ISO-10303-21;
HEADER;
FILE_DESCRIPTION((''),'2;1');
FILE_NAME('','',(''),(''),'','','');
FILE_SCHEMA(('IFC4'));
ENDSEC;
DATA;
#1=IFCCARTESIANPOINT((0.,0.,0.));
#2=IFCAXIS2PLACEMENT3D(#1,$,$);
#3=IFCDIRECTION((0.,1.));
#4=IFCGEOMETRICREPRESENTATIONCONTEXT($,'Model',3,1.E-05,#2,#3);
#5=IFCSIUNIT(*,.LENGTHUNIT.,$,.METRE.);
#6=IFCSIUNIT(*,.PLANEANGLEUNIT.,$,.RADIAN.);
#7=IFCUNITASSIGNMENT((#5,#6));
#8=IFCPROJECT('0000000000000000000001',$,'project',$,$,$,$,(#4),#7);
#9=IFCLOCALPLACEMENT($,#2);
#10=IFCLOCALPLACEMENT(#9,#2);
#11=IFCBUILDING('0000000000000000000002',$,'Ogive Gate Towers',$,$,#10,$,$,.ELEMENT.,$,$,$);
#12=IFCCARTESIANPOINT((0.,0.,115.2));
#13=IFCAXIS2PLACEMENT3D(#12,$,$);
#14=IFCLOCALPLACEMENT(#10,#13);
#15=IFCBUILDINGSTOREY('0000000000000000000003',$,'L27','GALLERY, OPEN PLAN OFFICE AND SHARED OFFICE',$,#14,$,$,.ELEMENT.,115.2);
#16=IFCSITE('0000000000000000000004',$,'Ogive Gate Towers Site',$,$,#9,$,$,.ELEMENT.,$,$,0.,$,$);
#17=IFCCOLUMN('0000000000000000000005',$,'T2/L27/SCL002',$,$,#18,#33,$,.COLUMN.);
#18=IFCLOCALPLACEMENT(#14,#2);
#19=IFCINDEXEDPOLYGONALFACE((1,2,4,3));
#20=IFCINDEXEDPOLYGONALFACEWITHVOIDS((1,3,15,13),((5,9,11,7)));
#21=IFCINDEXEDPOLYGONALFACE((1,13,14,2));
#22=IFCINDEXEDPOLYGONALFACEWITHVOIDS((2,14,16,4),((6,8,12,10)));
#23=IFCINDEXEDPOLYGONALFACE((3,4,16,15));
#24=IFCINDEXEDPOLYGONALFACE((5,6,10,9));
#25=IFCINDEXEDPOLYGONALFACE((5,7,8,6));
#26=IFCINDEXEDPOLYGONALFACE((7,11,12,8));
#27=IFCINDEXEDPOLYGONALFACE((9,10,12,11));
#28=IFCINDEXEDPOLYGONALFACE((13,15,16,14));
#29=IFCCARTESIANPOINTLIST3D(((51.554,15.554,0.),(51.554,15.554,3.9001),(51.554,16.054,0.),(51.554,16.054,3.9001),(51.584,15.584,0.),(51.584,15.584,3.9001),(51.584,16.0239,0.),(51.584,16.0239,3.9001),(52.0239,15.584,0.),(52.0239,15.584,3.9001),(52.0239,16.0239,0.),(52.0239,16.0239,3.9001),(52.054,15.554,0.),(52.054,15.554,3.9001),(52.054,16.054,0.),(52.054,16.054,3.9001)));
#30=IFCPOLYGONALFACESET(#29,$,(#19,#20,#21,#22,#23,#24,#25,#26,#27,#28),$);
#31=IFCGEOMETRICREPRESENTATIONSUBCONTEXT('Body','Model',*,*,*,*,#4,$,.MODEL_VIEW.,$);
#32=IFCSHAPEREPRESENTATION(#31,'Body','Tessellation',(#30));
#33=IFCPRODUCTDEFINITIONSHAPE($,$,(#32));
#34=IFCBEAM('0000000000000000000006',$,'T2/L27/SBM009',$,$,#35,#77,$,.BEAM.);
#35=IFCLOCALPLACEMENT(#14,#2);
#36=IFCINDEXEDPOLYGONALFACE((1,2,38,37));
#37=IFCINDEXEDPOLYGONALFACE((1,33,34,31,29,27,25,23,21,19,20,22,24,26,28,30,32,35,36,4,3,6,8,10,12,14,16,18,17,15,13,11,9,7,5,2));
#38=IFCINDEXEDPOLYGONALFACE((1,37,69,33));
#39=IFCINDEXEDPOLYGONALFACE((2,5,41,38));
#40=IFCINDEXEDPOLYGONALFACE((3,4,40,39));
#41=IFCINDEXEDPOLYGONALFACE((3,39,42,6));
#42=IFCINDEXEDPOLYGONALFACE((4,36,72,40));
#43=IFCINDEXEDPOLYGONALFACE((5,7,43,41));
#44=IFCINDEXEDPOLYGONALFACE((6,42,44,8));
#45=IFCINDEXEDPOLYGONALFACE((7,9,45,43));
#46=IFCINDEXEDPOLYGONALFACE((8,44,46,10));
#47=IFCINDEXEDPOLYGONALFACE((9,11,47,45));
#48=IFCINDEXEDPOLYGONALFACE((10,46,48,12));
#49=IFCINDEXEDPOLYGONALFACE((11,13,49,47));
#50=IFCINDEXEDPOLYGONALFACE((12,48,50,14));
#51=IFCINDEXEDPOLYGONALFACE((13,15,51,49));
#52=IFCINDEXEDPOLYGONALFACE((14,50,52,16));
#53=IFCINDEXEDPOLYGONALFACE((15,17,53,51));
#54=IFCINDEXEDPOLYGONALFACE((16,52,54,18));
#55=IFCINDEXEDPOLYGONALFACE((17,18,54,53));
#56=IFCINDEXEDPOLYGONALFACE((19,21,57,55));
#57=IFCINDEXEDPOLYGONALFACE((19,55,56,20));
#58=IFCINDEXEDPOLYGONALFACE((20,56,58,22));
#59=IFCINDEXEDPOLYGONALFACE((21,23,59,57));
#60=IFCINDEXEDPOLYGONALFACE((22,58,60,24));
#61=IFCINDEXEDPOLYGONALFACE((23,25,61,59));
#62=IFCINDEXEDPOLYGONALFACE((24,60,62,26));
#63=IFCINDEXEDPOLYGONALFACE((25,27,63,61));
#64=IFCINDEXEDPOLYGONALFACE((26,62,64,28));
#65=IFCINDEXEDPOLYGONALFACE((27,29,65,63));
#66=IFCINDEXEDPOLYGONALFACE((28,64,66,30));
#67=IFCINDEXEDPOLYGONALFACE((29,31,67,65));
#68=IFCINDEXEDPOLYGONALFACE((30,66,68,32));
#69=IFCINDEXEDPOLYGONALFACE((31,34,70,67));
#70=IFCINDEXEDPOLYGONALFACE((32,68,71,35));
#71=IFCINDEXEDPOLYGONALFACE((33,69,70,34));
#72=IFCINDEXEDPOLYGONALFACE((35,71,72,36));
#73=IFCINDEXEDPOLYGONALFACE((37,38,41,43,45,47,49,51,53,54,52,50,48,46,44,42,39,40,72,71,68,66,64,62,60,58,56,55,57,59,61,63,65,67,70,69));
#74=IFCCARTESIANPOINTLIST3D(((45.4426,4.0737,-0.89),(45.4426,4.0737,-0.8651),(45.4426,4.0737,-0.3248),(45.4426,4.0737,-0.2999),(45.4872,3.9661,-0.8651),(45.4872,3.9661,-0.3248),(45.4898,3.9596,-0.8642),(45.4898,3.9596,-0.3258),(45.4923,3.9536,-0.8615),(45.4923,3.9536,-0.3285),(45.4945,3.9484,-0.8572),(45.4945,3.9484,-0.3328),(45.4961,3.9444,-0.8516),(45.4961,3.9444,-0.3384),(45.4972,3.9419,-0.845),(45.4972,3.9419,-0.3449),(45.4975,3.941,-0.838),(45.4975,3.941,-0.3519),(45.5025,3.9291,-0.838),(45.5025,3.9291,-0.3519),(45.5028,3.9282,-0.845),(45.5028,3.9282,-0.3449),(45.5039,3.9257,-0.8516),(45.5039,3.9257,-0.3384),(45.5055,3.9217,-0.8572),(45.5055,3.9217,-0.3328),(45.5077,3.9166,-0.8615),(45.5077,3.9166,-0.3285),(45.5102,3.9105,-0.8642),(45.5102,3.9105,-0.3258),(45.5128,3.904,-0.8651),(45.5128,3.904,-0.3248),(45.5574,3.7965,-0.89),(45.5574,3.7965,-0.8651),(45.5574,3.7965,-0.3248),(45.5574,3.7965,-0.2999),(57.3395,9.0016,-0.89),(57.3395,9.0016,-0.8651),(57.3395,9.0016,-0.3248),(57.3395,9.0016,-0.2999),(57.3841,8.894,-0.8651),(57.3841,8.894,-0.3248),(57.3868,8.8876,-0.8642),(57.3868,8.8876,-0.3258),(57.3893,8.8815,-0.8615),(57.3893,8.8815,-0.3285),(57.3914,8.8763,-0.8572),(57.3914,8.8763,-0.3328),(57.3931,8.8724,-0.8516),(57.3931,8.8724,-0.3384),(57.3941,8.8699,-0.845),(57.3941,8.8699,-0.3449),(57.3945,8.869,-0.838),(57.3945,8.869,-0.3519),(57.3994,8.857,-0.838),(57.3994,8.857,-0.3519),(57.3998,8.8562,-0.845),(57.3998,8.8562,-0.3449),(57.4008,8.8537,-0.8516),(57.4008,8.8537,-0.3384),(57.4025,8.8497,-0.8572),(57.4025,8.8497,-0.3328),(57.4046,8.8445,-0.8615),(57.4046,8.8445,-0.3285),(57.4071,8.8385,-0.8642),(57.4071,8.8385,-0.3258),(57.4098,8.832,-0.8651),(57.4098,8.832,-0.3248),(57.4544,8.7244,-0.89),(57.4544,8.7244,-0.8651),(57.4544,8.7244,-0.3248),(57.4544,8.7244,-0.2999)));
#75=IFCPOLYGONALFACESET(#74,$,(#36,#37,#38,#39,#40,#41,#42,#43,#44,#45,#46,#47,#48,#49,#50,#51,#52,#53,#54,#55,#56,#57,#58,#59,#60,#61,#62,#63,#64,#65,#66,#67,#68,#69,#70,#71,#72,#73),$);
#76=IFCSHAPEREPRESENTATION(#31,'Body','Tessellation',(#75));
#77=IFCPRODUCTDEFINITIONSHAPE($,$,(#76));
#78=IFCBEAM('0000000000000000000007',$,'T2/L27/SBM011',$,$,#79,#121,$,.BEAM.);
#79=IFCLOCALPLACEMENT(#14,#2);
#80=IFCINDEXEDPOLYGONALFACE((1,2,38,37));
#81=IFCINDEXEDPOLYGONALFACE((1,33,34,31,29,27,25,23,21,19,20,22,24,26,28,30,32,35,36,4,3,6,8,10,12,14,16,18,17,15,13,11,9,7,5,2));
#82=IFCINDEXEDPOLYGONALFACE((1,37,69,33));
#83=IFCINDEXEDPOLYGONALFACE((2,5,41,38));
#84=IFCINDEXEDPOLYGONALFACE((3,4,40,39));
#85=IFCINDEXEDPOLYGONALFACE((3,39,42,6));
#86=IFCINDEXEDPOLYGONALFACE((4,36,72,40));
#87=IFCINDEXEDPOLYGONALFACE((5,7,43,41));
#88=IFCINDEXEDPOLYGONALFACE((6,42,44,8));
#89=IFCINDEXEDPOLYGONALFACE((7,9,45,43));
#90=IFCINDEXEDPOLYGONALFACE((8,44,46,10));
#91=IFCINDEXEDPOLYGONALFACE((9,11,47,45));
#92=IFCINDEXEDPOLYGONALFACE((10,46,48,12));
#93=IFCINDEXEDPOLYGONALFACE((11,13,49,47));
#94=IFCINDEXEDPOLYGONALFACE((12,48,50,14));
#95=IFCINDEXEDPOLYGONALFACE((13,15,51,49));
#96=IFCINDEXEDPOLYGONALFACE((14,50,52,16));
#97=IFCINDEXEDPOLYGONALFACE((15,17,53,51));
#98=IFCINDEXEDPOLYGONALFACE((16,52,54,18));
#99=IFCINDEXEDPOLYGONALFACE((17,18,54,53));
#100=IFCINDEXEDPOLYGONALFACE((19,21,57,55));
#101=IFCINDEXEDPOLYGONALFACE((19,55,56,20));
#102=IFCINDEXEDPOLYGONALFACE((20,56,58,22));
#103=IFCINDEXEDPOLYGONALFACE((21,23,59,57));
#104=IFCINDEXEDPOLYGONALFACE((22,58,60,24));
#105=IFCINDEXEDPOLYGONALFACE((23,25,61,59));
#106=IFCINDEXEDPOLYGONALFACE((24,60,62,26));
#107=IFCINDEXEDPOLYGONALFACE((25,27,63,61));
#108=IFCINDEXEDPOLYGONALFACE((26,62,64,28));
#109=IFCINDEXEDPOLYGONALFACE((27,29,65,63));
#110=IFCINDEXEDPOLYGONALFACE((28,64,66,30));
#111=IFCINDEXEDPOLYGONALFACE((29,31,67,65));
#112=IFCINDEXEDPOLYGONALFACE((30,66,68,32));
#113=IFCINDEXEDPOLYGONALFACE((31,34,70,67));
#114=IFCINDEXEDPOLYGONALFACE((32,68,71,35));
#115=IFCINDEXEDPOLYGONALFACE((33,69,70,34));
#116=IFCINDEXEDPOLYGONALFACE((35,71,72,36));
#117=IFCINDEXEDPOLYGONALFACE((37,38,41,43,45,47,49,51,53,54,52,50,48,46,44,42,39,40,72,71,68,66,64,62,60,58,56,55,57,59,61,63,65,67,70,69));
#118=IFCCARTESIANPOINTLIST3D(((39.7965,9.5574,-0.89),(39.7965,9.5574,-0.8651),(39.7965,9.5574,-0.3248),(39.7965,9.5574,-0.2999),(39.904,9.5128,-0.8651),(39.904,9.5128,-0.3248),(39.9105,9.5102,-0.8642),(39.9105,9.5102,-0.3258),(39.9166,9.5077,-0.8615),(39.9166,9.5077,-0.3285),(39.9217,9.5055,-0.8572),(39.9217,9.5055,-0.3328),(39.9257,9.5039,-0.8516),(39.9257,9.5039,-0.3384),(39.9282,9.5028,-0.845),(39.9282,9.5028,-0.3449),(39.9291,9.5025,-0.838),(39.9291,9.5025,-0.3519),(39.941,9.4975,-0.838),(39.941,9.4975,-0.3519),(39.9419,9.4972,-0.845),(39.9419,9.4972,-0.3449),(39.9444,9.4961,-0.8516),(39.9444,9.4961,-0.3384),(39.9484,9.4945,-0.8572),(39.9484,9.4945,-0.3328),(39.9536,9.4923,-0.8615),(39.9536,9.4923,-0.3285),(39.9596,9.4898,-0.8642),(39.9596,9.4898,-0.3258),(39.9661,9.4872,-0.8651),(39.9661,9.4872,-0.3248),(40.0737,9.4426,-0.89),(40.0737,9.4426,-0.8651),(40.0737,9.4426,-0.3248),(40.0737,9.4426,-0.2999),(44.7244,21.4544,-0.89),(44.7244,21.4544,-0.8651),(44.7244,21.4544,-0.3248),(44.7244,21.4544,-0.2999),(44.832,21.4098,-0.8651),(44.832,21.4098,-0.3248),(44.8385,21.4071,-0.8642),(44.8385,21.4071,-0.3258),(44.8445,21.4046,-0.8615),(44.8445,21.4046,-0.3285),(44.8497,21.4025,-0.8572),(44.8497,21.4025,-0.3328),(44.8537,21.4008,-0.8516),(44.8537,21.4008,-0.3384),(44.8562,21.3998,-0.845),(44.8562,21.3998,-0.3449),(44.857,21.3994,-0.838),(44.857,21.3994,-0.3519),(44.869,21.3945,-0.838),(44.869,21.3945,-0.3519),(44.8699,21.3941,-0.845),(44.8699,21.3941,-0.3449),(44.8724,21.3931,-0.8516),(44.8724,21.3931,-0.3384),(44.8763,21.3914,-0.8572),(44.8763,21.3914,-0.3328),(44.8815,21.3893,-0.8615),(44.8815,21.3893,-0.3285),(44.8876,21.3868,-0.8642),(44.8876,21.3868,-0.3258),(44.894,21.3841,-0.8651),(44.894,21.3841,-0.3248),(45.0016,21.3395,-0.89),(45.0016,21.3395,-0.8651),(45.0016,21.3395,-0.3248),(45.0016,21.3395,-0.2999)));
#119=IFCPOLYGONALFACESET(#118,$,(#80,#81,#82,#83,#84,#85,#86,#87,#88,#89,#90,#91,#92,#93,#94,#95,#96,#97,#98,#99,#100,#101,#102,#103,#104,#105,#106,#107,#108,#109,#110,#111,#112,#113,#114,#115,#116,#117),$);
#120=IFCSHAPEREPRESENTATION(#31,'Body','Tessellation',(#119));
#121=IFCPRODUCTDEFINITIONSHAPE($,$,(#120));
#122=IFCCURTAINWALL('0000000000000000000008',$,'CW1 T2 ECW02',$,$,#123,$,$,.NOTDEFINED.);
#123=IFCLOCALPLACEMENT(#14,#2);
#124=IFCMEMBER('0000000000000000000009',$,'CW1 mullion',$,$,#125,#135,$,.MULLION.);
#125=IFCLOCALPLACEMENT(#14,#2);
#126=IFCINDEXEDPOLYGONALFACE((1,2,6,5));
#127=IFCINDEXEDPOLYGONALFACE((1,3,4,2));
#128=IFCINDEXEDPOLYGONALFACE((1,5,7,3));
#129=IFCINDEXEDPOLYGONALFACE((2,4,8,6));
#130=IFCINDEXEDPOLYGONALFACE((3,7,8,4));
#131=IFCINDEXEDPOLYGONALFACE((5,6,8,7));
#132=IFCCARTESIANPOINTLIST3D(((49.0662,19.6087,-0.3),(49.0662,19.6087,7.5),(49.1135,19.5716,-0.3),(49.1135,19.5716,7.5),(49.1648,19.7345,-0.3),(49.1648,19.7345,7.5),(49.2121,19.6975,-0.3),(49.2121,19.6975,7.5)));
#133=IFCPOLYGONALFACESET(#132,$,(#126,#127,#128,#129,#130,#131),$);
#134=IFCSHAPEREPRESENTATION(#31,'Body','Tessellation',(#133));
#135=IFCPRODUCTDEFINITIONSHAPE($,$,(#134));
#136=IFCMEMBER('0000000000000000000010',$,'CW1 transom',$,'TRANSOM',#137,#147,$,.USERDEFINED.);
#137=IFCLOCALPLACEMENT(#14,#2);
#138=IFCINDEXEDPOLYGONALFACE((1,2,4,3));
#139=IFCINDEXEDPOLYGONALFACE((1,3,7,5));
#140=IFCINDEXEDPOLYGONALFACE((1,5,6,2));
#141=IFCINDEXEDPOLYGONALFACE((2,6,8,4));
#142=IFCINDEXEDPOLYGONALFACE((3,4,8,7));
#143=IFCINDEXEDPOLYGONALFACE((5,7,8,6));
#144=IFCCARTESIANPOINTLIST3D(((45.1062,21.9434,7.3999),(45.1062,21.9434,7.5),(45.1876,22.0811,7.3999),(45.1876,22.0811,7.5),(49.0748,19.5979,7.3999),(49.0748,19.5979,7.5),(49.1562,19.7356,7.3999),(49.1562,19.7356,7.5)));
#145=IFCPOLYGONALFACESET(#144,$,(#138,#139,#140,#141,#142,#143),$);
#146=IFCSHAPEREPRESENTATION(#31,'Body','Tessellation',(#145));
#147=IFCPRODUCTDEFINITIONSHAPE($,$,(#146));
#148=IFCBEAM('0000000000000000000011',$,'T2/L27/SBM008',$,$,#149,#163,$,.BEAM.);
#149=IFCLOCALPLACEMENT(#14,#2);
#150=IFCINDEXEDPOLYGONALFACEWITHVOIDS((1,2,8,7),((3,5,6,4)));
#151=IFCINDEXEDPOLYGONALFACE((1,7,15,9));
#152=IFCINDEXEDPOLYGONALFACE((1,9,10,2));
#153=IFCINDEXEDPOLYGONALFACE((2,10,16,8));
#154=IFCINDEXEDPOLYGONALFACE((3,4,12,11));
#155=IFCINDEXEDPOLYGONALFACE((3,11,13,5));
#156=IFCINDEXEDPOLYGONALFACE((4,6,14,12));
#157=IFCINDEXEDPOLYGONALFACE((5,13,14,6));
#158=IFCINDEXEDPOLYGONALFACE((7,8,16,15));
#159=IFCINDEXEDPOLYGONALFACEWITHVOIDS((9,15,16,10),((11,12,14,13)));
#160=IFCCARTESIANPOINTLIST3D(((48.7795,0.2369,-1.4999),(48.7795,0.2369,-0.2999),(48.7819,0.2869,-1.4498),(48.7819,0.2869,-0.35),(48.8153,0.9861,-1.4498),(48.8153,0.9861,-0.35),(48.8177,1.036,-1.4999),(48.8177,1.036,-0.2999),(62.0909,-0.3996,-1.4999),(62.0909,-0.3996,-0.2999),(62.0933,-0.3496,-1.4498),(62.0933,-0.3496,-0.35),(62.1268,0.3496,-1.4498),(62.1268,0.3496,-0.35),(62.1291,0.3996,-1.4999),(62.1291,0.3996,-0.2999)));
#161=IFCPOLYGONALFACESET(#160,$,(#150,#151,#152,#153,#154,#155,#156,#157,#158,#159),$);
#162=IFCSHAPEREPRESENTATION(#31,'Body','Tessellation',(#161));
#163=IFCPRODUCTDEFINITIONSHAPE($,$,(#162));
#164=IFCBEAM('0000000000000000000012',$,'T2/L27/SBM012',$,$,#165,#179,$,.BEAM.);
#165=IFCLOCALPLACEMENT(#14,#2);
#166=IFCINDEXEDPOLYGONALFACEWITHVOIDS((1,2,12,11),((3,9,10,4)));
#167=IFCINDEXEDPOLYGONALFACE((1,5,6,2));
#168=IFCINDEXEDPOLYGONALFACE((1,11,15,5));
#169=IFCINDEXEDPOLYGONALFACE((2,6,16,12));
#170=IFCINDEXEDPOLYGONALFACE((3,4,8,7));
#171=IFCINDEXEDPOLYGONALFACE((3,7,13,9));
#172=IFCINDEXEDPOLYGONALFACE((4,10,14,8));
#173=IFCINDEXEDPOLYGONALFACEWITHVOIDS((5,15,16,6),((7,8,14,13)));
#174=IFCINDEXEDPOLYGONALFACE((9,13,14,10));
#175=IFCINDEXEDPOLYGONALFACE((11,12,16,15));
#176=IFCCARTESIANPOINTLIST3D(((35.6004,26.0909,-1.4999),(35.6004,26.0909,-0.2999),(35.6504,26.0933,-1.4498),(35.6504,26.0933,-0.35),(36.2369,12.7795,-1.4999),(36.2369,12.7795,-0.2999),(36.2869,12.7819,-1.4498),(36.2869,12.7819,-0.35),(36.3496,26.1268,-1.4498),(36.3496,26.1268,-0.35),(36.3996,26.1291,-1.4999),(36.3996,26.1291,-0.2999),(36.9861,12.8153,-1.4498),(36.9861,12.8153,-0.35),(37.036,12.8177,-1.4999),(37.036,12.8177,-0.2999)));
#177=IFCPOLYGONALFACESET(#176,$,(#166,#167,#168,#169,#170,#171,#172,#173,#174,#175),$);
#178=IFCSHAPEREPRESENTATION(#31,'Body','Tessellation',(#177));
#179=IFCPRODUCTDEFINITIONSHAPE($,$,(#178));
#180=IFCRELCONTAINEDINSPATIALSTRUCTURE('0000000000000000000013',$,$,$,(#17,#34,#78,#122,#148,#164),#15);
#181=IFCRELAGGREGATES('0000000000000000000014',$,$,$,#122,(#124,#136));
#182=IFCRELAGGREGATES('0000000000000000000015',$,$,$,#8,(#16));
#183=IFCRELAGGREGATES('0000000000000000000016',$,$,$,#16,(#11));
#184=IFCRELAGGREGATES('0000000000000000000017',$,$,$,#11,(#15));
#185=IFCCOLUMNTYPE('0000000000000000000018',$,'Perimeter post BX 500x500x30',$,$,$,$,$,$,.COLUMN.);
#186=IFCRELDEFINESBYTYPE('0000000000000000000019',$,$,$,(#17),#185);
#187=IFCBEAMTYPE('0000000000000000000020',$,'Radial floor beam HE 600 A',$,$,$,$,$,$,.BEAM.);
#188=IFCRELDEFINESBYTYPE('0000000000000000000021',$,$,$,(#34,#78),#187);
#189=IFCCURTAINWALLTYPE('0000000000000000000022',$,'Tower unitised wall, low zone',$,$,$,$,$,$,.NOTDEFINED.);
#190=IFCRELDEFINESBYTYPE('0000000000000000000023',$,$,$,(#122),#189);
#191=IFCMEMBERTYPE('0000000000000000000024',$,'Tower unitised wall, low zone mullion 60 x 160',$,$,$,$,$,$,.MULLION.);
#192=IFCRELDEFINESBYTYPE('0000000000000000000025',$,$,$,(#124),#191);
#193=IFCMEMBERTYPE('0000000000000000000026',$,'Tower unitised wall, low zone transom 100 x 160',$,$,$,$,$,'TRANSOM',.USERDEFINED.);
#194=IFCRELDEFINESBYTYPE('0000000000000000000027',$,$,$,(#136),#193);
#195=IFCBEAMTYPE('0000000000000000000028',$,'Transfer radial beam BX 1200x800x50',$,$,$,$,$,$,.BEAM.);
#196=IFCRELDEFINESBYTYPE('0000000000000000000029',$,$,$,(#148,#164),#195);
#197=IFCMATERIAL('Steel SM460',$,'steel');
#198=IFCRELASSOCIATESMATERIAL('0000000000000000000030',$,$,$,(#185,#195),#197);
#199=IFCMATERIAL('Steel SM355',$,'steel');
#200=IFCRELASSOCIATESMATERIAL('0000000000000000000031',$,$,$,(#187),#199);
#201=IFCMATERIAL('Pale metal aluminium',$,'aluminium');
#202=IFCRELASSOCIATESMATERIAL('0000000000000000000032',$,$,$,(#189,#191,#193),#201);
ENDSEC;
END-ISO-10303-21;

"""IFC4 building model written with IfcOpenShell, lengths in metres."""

from ifc_helpers import new_model, si_unit, direction, frame, origin, origin_2d, place, context, subcontext, project, spatial, rectangle, hollow_rectangle, i_section, extrude, material, material_profile, profile_set, type_object, element, aggregate, save


model = new_model("IFC4")

# Units and contexts
model_context = context("Model", 3, precision=1e-05, world=origin(), true_north=direction((0.0, 1.0)))
body_context = subcontext(model_context, "Body", "Model", "MODEL_VIEW")
ifc_project = project(units=[si_unit("LENGTHUNIT", "METRE"), si_unit("PLANEANGLEUNIT", "RADIAN")], contexts=[model_context])

# Site, building, storey
site_placement = place(None, origin())
site = spatial("IfcSite", under=ifc_project, at=site_placement, Name="Ogive Gate Towers Site", CompositionType="ELEMENT", RefElevation=0.0)
building_placement = place(site_placement, origin())
building = spatial("IfcBuilding", under=site, at=building_placement, Name="Ogive Gate Towers", CompositionType="ELEMENT")
storey_placement = place(building_placement, frame((0.0, 0.0, 115.2)))
storey = spatial("IfcBuildingStorey", under=building, at=storey_placement, Name="L27", Description="GALLERY, OPEN PLAN OFFICE AND SHARED OFFICE", CompositionType="ELEMENT", Elevation=115.2)

# Column
ifc_material_1 = material(Name="Steel SM460", Category="steel")
ifc_material_profile_1 = material_profile(ifc_material_1, hollow_rectangle(XDim=0.5, YDim=0.5, WallThickness=0.03, at=origin_2d()), Name="BX 500x500x30")
ifc_profile_set_1 = profile_set([ifc_material_profile_1], Name="Steel SM460")
column_type = type_object("IfcColumnType", Name="Perimeter post BX 500x500x30", PredefinedType="COLUMN", material=ifc_profile_set_1)
column_placement = place(storey_placement, frame((51.804, 15.804, 0.0), z_axis=(0.0, 0.0, 1.0), x_axis=(1.0, 0.0, 0.0)))
element("IfcColumn", 1, at=column_placement, inside=storey, type_object=column_type, Name="T2/L27/SCL002", PredefinedType="COLUMN", context=body_context, shape_type="SweptSolid", body=[
    extrude(hollow_rectangle(XDim=0.5, YDim=0.5, WallThickness=0.03, at=origin_2d()), origin(), (0.0, 0.0, 1.0), 3.9001),
])

# Beams
ifc_material_2 = material(Name="Steel SM355", Category="steel")
ifc_material_profile_2 = material_profile(ifc_material_2, i_section(OverallWidth=0.3, OverallDepth=0.5901, WebThickness=0.0129, FlangeThickness=0.0249, FilletRadius=0.0271, at=origin_2d()), Name="HE 600 A")
ifc_profile_set_2 = profile_set([ifc_material_profile_2], Name="Steel SM355")
beam_type_1 = type_object("IfcBeamType", Name="Radial floor beam HE 600 A", PredefinedType="BEAM", material=ifc_profile_set_2)
for number, where, z_axis, x_axis, name in (
    (2, (45.5, 3.9351, -0.595), (0.923877, 0.382689, 0.0), (-0.382689, 0.923877, 0.0), "T2/L27/SBM009"),
    (3, (39.9351, 9.5, -0.595), (0.382689, 0.923877, 0.0), (-0.923877, 0.382689, 0.0), "T2/L27/SBM011"),
):
    element("IfcBeam", number, at=place(storey_placement, frame(where, z_axis=z_axis, x_axis=x_axis)), inside=storey, type_object=beam_type_1, Name=name, PredefinedType="BEAM", context=body_context, shape_type="SweptSolid", body=[
        extrude(i_section(OverallWidth=0.3, OverallDepth=0.5901, WebThickness=0.0129, FlangeThickness=0.0249, FilletRadius=0.0271, at=origin_2d()), origin(), (0.0, 0.0, 1.0), 12.8772),
    ])

# Curtain wall, members
ifc_material_3 = material(Name="Pale metal aluminium", Category="aluminium")
curtain_wall_type = type_object("IfcCurtainWallType", Name="Tower unitised wall, low zone", PredefinedType="NOTDEFINED", material=ifc_material_3)
curtain_wall_placement = place(storey_placement, origin())
curtain_wall = element("IfcCurtainWall", 4, at=curtain_wall_placement, inside=storey, type_object=curtain_wall_type, Name="CW1 T2 ECW02", PredefinedType="NOTDEFINED")
ifc_material_profile_3 = material_profile(ifc_material_3, rectangle(XDim=0.1599, YDim=0.0601, at=origin_2d()), Name="60 x 160 aluminium box")
ifc_profile_set_3 = profile_set([ifc_material_profile_3], Name="Pale metal aluminium")
member_type_1 = type_object("IfcMemberType", Name="Tower unitised wall, low zone mullion 60 x 160", PredefinedType="MULLION", material=ifc_profile_set_3)
member_1_placement = place(storey_placement, frame((49.1392, 19.6531, -0.3), z_axis=(0.0, 0.0, 1.0), x_axis=(0.616844, 0.787086, 0.0)))
member_1 = element("IfcMember", 5, at=member_1_placement, type_object=member_type_1, Name="CW1 mullion", PredefinedType="MULLION", context=body_context, shape_type="SweptSolid", body=[
    extrude(rectangle(XDim=0.1599, YDim=0.0601, at=origin_2d()), origin(), (0.0, 0.0, 1.0), 7.8),
])
ifc_material_profile_4 = material_profile(ifc_material_3, rectangle(XDim=0.1599, YDim=0.1001, at=origin_2d()), Name="100 x 160 aluminium box")
ifc_profile_set_4 = profile_set([ifc_material_profile_4], Name="Pale metal aluminium")
member_type_2 = type_object("IfcMemberType", Name="Tower unitised wall, low zone transom 100 x 160", ElementType="TRANSOM", PredefinedType="USERDEFINED", material=ifc_profile_set_4)
member_2_placement = place(storey_placement, frame((49.1155, 19.6667, 7.45), z_axis=(-0.860885, 0.508799, 0.0), x_axis=(-0.508799, -0.860885, 0.0)))
member_2 = element("IfcMember", 6, at=member_2_placement, type_object=member_type_2, Name="CW1 transom", ObjectType="TRANSOM", PredefinedType="USERDEFINED", context=body_context, shape_type="SweptSolid", body=[
    extrude(rectangle(XDim=0.1599, YDim=0.1001, at=origin_2d()), origin(), (0.0, 0.0, 1.0), 4.6099),
])

# Beams
ifc_material_profile_5 = material_profile(ifc_material_1, hollow_rectangle(XDim=0.8, YDim=1.2, WallThickness=0.05, at=origin_2d()), Name="BX 1200x800x50")
ifc_profile_set_5 = profile_set([ifc_material_profile_5], Name="Steel SM460")
beam_type_2 = type_object("IfcBeamType", Name="Transfer radial beam BX 1200x800x50", PredefinedType="BEAM", material=ifc_profile_set_5)
for number, where, z_axis, x_axis, name in (
    (7, (48.7986, 0.6365, -0.8999), (0.998859, -0.047759, 0.0), (0.047759, 0.998859, 0.0), "T2/L27/SBM008"),
    (8, (36.6365, 12.7986, -0.8999), (-0.047759, 0.998859, 0.0), (-0.998859, -0.047759, 0.0), "T2/L27/SBM012"),
):
    element("IfcBeam", number, at=place(storey_placement, frame(where, z_axis=z_axis, x_axis=x_axis)), inside=storey, type_object=beam_type_2, Name=name, PredefinedType="BEAM", context=body_context, shape_type="SweptSolid", body=[
        extrude(hollow_rectangle(XDim=0.8, YDim=1.2, WallThickness=0.05, at=origin_2d()), origin(), (0.0, 0.0, 1.0), 13.3267),
    ])

aggregate(curtain_wall, [member_1, member_2])

save(model, "model.ifc")
